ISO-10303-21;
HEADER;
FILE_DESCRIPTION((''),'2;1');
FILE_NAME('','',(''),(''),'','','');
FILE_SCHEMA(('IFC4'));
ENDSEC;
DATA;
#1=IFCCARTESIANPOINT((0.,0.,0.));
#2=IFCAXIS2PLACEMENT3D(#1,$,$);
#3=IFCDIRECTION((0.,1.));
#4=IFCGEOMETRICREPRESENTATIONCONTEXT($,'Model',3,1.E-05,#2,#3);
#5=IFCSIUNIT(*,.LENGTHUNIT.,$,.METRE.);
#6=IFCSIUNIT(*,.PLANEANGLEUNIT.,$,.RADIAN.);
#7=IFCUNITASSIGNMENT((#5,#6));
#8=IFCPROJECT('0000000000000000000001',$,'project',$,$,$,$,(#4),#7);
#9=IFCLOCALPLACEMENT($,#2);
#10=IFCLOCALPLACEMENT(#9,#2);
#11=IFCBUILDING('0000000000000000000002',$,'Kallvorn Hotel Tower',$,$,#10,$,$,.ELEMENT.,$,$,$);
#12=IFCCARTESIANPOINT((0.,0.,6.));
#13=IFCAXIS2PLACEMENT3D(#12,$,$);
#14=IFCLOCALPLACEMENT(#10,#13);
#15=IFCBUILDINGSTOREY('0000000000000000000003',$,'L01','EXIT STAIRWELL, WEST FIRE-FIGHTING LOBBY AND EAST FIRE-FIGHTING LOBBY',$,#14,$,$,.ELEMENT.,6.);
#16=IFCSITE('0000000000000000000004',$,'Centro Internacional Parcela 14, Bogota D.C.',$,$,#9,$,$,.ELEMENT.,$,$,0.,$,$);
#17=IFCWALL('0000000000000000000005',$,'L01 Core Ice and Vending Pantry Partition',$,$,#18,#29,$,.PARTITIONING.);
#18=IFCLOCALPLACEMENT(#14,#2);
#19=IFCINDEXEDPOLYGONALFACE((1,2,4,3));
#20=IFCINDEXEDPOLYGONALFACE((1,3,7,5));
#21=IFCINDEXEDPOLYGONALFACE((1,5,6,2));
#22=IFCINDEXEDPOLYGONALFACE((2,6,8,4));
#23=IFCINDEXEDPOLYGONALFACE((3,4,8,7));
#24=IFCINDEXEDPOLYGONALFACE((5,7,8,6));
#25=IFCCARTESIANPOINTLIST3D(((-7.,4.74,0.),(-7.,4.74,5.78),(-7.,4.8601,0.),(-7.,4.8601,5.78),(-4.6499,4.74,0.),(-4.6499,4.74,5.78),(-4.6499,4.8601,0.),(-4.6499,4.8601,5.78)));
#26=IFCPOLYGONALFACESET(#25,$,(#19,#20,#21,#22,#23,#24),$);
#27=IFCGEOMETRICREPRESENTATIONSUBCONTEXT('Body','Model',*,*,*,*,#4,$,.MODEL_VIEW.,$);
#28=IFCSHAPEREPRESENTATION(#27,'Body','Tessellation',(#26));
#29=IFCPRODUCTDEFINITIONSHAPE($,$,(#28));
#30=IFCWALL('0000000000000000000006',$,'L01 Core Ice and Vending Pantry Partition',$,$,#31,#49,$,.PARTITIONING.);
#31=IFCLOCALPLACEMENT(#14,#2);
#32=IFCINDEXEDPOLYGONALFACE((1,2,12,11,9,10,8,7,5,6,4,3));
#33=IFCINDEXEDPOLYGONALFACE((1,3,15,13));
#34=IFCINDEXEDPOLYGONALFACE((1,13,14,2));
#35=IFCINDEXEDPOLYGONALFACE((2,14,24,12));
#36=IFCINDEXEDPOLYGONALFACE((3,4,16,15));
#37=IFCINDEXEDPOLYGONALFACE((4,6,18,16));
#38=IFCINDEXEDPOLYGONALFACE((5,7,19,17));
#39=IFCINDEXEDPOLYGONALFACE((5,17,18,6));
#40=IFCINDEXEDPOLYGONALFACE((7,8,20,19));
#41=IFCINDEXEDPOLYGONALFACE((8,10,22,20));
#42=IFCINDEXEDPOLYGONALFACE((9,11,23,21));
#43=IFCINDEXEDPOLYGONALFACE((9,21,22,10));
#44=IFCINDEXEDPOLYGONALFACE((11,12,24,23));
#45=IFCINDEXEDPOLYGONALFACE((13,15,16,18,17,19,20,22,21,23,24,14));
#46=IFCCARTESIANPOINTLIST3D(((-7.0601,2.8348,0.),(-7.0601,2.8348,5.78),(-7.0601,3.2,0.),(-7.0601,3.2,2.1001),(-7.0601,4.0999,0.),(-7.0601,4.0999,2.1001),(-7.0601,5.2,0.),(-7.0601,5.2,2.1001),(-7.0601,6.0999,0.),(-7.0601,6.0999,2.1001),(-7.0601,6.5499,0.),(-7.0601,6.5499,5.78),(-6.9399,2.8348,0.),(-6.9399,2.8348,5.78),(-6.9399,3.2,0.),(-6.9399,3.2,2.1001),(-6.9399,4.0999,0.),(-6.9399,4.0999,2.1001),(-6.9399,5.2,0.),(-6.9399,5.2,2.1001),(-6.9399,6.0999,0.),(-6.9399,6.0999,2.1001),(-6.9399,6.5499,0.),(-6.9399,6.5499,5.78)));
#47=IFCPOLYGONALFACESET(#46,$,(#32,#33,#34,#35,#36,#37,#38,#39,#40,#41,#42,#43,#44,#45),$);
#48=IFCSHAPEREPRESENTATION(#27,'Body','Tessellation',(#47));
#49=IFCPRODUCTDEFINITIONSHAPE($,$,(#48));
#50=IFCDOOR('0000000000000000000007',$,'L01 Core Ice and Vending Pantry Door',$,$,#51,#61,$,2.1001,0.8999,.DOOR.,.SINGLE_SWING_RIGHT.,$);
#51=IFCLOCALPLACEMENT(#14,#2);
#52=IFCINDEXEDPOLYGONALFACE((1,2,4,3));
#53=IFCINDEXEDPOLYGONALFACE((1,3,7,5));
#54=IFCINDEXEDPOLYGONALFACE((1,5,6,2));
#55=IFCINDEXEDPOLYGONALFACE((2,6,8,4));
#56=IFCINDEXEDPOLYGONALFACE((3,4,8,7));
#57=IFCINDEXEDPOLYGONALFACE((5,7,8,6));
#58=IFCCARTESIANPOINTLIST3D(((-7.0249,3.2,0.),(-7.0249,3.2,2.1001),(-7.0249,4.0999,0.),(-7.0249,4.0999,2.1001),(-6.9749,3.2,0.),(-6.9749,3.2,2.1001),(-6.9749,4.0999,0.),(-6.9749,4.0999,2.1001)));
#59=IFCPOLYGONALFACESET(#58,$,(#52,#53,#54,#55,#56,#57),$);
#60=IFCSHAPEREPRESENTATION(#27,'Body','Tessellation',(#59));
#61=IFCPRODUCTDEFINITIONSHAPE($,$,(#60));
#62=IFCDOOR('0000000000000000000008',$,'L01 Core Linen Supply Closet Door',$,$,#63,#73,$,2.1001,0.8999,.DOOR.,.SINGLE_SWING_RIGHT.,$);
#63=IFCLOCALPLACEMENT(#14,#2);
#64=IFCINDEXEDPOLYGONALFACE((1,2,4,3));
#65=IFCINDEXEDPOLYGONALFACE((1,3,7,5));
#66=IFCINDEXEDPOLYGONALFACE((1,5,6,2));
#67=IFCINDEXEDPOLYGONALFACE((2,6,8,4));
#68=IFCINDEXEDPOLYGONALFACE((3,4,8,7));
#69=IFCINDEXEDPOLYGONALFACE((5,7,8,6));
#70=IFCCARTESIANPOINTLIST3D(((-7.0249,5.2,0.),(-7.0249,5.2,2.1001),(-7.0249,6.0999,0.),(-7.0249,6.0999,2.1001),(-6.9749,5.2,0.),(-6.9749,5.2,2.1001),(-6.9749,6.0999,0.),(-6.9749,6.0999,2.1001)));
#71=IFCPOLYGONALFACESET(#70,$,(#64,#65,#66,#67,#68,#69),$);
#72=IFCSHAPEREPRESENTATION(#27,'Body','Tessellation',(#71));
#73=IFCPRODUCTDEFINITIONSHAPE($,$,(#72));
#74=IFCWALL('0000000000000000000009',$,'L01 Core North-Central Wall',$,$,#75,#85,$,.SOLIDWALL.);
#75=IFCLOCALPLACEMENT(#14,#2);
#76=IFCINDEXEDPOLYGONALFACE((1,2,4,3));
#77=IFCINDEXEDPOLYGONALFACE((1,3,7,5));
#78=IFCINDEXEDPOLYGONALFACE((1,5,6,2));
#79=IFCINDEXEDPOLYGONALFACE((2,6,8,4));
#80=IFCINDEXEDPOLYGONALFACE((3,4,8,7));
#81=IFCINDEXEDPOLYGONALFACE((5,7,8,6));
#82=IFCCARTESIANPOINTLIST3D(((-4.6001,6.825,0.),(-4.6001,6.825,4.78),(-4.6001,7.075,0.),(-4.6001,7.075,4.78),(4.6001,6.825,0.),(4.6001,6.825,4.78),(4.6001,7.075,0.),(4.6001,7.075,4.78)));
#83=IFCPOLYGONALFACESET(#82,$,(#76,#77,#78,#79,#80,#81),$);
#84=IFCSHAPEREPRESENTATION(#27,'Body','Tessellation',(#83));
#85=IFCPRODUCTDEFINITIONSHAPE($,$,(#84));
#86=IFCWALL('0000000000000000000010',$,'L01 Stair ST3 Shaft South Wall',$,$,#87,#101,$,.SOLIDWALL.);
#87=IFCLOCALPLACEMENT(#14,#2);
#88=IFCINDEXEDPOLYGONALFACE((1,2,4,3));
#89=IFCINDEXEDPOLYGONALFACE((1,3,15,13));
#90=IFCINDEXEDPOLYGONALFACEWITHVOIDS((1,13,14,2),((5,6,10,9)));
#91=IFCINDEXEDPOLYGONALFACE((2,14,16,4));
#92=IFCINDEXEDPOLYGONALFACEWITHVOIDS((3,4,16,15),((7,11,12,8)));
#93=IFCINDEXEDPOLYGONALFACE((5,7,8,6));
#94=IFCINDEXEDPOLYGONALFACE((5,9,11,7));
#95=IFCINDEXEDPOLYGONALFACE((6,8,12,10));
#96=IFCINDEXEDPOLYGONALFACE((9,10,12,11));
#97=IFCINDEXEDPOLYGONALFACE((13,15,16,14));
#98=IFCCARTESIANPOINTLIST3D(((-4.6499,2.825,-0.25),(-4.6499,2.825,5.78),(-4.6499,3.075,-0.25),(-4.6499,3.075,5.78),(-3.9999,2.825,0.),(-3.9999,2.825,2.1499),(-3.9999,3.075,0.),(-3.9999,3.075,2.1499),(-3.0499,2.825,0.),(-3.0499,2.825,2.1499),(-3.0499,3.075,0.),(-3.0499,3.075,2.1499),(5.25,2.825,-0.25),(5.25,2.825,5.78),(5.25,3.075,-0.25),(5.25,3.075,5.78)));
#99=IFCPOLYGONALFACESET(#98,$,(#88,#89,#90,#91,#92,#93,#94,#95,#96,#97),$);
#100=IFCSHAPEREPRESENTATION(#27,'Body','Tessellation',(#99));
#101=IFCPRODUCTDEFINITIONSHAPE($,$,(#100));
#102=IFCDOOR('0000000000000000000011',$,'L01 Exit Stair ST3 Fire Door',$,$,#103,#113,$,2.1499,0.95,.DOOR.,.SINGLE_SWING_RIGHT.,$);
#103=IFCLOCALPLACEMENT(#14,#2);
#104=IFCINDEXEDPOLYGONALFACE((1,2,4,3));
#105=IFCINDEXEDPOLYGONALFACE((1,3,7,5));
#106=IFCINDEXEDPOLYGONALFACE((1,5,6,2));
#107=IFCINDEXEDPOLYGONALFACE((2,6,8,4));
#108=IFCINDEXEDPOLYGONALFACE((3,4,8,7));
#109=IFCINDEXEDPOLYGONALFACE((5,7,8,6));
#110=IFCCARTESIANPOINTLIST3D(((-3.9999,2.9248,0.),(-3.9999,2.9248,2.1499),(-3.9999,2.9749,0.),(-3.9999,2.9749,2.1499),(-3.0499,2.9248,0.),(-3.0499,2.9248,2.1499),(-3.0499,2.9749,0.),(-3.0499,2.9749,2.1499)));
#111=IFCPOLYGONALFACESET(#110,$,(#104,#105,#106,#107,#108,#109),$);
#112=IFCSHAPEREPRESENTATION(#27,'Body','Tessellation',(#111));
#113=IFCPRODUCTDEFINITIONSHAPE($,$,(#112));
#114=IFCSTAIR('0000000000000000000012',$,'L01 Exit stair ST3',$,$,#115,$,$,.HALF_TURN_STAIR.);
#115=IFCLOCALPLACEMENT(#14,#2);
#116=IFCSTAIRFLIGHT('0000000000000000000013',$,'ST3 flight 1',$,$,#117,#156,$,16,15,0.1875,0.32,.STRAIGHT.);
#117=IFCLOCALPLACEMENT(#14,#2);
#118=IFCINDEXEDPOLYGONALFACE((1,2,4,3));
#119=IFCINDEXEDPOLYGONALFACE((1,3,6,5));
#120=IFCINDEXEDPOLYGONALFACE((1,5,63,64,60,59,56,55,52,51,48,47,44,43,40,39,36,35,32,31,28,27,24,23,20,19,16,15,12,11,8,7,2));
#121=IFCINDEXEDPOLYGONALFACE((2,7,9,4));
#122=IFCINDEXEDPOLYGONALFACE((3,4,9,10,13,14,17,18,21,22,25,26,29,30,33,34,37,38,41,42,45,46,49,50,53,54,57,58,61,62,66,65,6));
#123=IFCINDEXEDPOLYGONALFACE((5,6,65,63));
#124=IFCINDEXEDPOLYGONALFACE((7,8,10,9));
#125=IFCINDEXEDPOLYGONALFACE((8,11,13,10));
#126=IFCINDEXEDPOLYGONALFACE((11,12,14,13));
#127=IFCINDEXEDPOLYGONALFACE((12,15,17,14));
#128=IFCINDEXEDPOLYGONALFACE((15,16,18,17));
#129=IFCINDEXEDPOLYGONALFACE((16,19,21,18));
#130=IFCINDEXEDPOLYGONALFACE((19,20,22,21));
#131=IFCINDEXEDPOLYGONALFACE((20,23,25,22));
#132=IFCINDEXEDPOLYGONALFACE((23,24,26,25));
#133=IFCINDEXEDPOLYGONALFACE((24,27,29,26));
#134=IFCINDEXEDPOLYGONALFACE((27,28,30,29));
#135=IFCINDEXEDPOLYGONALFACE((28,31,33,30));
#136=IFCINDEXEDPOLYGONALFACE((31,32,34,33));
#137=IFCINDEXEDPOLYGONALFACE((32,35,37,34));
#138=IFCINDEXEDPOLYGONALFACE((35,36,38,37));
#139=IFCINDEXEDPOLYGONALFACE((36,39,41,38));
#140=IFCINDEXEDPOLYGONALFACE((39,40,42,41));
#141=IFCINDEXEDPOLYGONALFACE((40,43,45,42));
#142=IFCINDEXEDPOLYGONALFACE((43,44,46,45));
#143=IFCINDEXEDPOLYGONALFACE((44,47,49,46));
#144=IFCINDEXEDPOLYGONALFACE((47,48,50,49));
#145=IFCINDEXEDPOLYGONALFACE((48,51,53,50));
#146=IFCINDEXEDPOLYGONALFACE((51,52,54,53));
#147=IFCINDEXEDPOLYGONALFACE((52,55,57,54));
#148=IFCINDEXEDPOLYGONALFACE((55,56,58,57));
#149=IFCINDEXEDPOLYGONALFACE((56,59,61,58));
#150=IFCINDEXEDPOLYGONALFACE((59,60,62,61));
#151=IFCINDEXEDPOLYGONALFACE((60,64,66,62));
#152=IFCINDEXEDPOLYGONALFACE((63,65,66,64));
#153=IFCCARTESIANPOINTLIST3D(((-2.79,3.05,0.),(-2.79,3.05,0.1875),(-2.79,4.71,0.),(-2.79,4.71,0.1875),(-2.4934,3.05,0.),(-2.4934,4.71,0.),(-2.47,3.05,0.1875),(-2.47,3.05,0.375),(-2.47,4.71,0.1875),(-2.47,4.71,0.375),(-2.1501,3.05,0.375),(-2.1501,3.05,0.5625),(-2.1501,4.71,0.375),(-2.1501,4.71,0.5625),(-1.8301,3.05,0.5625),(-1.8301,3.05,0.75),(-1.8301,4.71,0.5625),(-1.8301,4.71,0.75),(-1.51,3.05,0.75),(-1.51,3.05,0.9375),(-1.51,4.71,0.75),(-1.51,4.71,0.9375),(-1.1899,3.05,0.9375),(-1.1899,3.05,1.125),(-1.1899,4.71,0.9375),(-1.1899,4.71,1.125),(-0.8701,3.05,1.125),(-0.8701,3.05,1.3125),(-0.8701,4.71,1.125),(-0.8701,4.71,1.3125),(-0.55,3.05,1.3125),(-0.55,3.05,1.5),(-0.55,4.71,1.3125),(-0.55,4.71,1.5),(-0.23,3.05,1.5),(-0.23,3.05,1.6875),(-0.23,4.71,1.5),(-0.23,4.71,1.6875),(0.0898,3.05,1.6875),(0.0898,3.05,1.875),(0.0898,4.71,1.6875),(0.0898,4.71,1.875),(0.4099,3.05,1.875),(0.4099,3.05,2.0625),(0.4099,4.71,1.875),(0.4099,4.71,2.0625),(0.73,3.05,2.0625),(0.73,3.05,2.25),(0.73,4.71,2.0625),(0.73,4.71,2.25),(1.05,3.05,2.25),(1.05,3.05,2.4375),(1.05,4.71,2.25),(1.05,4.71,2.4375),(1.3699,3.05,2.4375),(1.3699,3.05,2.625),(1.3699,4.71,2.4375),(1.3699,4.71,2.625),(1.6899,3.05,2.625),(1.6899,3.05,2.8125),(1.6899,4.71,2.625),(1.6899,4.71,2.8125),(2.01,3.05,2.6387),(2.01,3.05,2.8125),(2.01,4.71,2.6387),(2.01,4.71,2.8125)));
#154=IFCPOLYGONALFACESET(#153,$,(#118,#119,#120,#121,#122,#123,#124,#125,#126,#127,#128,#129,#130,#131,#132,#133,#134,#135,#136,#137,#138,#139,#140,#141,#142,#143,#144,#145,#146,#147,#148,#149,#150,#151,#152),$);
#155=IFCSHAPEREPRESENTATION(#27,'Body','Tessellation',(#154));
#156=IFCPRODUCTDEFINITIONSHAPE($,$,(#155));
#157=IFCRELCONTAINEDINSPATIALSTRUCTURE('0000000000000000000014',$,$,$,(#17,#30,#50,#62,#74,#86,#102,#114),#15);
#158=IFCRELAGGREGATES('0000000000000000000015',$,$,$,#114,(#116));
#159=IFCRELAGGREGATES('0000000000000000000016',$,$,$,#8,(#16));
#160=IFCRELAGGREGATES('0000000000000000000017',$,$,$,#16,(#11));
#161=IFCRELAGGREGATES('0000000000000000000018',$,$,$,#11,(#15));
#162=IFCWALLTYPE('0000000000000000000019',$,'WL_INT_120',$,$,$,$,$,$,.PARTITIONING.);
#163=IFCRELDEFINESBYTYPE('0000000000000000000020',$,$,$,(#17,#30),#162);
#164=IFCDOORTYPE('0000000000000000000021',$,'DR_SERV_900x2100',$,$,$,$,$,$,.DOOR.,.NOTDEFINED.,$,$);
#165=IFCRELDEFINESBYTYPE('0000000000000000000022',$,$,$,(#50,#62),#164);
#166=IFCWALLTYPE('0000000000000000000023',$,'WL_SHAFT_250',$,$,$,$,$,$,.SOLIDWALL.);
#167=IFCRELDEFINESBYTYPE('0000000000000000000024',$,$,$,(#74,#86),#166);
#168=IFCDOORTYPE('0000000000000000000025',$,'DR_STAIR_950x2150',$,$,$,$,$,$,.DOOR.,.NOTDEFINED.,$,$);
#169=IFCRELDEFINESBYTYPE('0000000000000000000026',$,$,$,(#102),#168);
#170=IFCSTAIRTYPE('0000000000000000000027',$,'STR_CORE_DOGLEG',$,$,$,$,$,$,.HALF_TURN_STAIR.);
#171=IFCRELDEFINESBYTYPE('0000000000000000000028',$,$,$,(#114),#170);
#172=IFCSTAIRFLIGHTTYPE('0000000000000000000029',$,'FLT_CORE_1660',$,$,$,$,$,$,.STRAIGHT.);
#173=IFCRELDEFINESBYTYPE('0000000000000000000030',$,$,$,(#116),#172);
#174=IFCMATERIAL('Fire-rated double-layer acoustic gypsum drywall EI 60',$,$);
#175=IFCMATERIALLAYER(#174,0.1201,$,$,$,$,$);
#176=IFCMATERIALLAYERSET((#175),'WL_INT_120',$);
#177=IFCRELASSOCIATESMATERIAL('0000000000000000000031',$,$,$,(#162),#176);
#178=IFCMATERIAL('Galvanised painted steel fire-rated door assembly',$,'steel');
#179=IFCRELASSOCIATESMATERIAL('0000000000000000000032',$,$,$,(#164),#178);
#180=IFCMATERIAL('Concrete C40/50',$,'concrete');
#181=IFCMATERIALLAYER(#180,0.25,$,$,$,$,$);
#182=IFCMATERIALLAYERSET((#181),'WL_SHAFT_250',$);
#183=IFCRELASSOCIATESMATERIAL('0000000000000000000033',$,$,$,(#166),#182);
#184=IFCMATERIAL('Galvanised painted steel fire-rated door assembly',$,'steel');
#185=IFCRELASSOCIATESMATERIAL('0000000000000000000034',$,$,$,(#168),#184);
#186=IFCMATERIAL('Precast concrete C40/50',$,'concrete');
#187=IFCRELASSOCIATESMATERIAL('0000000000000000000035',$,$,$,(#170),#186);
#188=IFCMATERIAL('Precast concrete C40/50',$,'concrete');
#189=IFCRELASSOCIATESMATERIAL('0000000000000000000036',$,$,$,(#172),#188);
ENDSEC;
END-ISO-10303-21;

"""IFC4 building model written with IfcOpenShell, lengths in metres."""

from ifc_helpers import new_model, si_unit, direction, frame, frame_2d, origin, place, context, subcontext, project, spatial, polyline, rectangle, outline, extrude, material, layer, layer_set, type_object, element, fill, aggregate, save


model = new_model("IFC4")

# Units and contexts
model_context = context("Model", 3, precision=1e-05, world=origin(), true_north=direction((0.0, 1.0)))
body_context = subcontext(model_context, "Body", "Model", "MODEL_VIEW")
ifc_project = project(units=[si_unit("LENGTHUNIT", "METRE"), si_unit("PLANEANGLEUNIT", "RADIAN")], contexts=[model_context])

# Site, building, storey
site_placement = place(None, origin())
site = spatial("IfcSite", under=ifc_project, at=site_placement, Name="Centro Internacional Parcela 14, Bogota D.C.", CompositionType="ELEMENT", RefElevation=0.0)
building_placement = place(site_placement, origin())
building = spatial("IfcBuilding", under=site, at=building_placement, Name="Kallvorn Hotel Tower", CompositionType="ELEMENT")
storey_placement = place(building_placement, frame((0.0, 0.0, 6.0)))
storey = spatial("IfcBuildingStorey", under=building, at=storey_placement, Name="L01", Description="EXIT STAIRWELL, WEST FIRE-FIGHTING LOBBY AND EAST FIRE-FIGHTING LOBBY", CompositionType="ELEMENT", Elevation=6.0)

# Wall
ifc_material_1 = material(Name="Fire-rated double-layer acoustic gypsum drywall EI 60")
ifc_layer_1 = layer(ifc_material_1, 0.1201)
ifc_layer_set_1 = layer_set([ifc_layer_1], Name="WL_INT_120")
wall_type_1 = type_object("IfcWallType", Name="WL_INT_120", PredefinedType="PARTITIONING", material=ifc_layer_set_1)
wall_1_placement = place(storey_placement, frame((-7.0, 4.8, 0.0), z_axis=(0.0, 0.0, 1.0), x_axis=(1.0, 0.0, 0.0)))
element("IfcWall", 1, at=wall_1_placement, inside=storey, type_object=wall_type_1, Name="L01 Core Ice and Vending Pantry Partition", PredefinedType="PARTITIONING", context=body_context, shape_type="SweptSolid", body=[
    extrude(rectangle(XDim=2.3501, YDim=0.1201, at=frame_2d((1.175, 0.0))), origin(), (0.0, 0.0, 1.0), 5.78),
])

# Wall, openings, doors
wall_2_placement = place(storey_placement, frame((-7.0, 2.835, 0.0), z_axis=(0.0, 0.0, 1.0), x_axis=(0.0, 1.0, 0.0)))
wall_2 = element("IfcWall", 2, at=wall_2_placement, inside=storey, type_object=wall_type_1, Name="L01 Core Ice and Vending Pantry Partition", PredefinedType="PARTITIONING", context=body_context, shape_type="SweptSolid", body=[
    extrude(rectangle(XDim=3.7151, YDim=0.1201, at=frame_2d((1.8574, 0.0))), origin(), (0.0, 0.0, 1.0), 5.78),
])
opening_1_placement = place(wall_2_placement, frame((0.365, 0.0, 0.0)))
opening_1 = element("IfcOpeningElement", 3, at=opening_1_placement, cuts=wall_2, PredefinedType="OPENING", context=body_context, shape_type="SweptSolid", body=[
    extrude(rectangle(XDim=0.8999, YDim=2.1001, at=frame_2d((0.45, 1.05))), frame((0.0, 0.075, 0.0), z_axis=(0.0, -1.0, 0.0), x_axis=(1.0, 0.0, 0.0)), (0.0, 0.0, 1.0), 0.1501),
])
opening_2_placement = place(wall_2_placement, frame((2.365, 0.0, 0.0)))
opening_2 = element("IfcOpeningElement", 4, at=opening_2_placement, cuts=wall_2, PredefinedType="OPENING", context=body_context, shape_type="SweptSolid", body=[
    extrude(rectangle(XDim=0.8999, YDim=2.1001, at=frame_2d((0.45, 1.05))), frame((0.0, 0.075, 0.0), z_axis=(0.0, -1.0, 0.0), x_axis=(1.0, 0.0, 0.0)), (0.0, 0.0, 1.0), 0.1501),
])
ifc_material_2 = material(Name="Galvanised painted steel fire-rated door assembly", Category="steel")
door_type_1 = type_object("IfcDoorType", Name="DR_SERV_900x2100", OperationType="NOTDEFINED", PredefinedType="DOOR", material=ifc_material_2)
door_1_placement = place(opening_1_placement, origin())
door_1 = element("IfcDoor", 5, at=door_1_placement, inside=storey, type_object=door_type_1, Name="L01 Core Ice and Vending Pantry Door", OperationType="SINGLE_SWING_RIGHT", OverallHeight=2.1001, OverallWidth=0.8999, PredefinedType="DOOR", context=body_context, shape_type="SweptSolid", body=[
    extrude(rectangle(XDim=0.8999, YDim=2.1001, at=frame_2d((0.45, 1.05))), frame((0.0, 0.0249, 0.0), z_axis=(0.0, -1.0, 0.0), x_axis=(1.0, 0.0, 0.0)), (0.0, 0.0, 1.0), 0.05),
])
fill(opening_1, door_1)
door_2_placement = place(opening_2_placement, origin())
door_2 = element("IfcDoor", 6, at=door_2_placement, inside=storey, type_object=door_type_1, Name="L01 Core Linen Supply Closet Door", OperationType="SINGLE_SWING_RIGHT", OverallHeight=2.1001, OverallWidth=0.8999, PredefinedType="DOOR", context=body_context, shape_type="SweptSolid", body=[
    extrude(rectangle(XDim=0.8999, YDim=2.1001, at=frame_2d((0.45, 1.05))), frame((0.0, 0.0249, 0.0), z_axis=(0.0, -1.0, 0.0), x_axis=(1.0, 0.0, 0.0)), (0.0, 0.0, 1.0), 0.05),
])
fill(opening_2, door_2)

# Wall
ifc_material_3 = material(Name="Concrete C40/50", Category="concrete")
ifc_layer_2 = layer(ifc_material_3, 0.25)
ifc_layer_set_2 = layer_set([ifc_layer_2], Name="WL_SHAFT_250")
wall_type_2 = type_object("IfcWallType", Name="WL_SHAFT_250", PredefinedType="SOLIDWALL", material=ifc_layer_set_2)
wall_3_placement = place(storey_placement, frame((-4.6001, 6.95, 0.0), z_axis=(0.0, 0.0, 1.0), x_axis=(1.0, 0.0, 0.0)))
element("IfcWall", 7, at=wall_3_placement, inside=storey, type_object=wall_type_2, Name="L01 Core North-Central Wall", PredefinedType="SOLIDWALL", context=body_context, shape_type="SweptSolid", body=[
    extrude(rectangle(XDim=9.2002, YDim=0.25, at=frame_2d((4.6001, 0.0))), origin(), (0.0, 0.0, 1.0), 4.78),
])

# Wall, opening, door
wall_4_placement = place(storey_placement, frame((-4.6499, 2.95, -0.25), z_axis=(0.0, 0.0, 1.0), x_axis=(1.0, 0.0, 0.0)))
wall_4 = element("IfcWall", 8, at=wall_4_placement, inside=storey, type_object=wall_type_2, Name="L01 Stair ST3 Shaft South Wall", PredefinedType="SOLIDWALL", context=body_context, shape_type="SweptSolid", body=[
    extrude(rectangle(XDim=9.8999, YDim=0.25, at=frame_2d((4.95, 0.0))), origin(), (0.0, 0.0, 1.0), 6.03),
])
opening_3_placement = place(wall_4_placement, frame((0.6499, 0.0, 0.25)))
opening_3 = element("IfcOpeningElement", 9, at=opening_3_placement, cuts=wall_4, PredefinedType="OPENING", context=body_context, shape_type="SweptSolid", body=[
    extrude(rectangle(XDim=0.95, YDim=2.1499, at=frame_2d((0.4751, 1.075))), frame((0.0, 0.1399, 0.0), z_axis=(0.0, -1.0, 0.0), x_axis=(1.0, 0.0, 0.0)), (0.0, 0.0, 1.0), 0.28),
])
ifc_material_4 = material(Name="Galvanised painted steel fire-rated door assembly", Category="steel")
door_type_2 = type_object("IfcDoorType", Name="DR_STAIR_950x2150", OperationType="NOTDEFINED", PredefinedType="DOOR", material=ifc_material_4)
door_3_placement = place(opening_3_placement, origin())
door_3 = element("IfcDoor", 10, at=door_3_placement, inside=storey, type_object=door_type_2, Name="L01 Exit Stair ST3 Fire Door", OperationType="SINGLE_SWING_RIGHT", OverallHeight=2.1499, OverallWidth=0.95, PredefinedType="DOOR", context=body_context, shape_type="SweptSolid", body=[
    extrude(rectangle(XDim=0.95, YDim=2.1499, at=frame_2d((0.4751, 1.075))), frame((0.0, 0.0249, 0.0), z_axis=(0.0, -1.0, 0.0), x_axis=(1.0, 0.0, 0.0)), (0.0, 0.0, 1.0), 0.05),
])
fill(opening_3, door_3)

# Stair, stair flight
ifc_material_5 = material(Name="Precast concrete C40/50", Category="concrete")
stair_type = type_object("IfcStairType", Name="STR_CORE_DOGLEG", PredefinedType="HALF_TURN_STAIR", material=ifc_material_5)
stair_placement = place(storey_placement, origin())
stair = element("IfcStair", 11, at=stair_placement, inside=storey, type_object=stair_type, Name="L01 Exit stair ST3", PredefinedType="HALF_TURN_STAIR")
ifc_material_6 = material(Name="Precast concrete C40/50", Category="concrete")
stair_flight_type = type_object("IfcStairFlightType", Name="FLT_CORE_1660", PredefinedType="STRAIGHT", material=ifc_material_6)
stair_flight_placement = place(storey_placement, frame((-2.79, 3.8799, 0.0), z_axis=(0.0, 0.0, 1.0), x_axis=(1.0, 0.0, 0.0)))
stair_flight = element("IfcStairFlight", 12, at=stair_flight_placement, type_object=stair_flight_type, Name="ST3 flight 1", NumberOfRisers=16, NumberOfTreads=15, PredefinedType="STRAIGHT", RiserHeight=0.1875, TreadLength=0.32, context=body_context, shape_type="SweptSolid", body=[
    extrude(outline(polyline([(0.0, 0.0), (0.0, 0.1875), (0.3201, 0.1875), (0.3201, 0.375), (0.6399, 0.375), (0.6399, 0.5625), (0.96, 0.5625), (0.96, 0.75), (1.28, 0.75), (1.28, 0.9375), (1.6001, 0.9375), (1.6001, 1.125), (1.9199, 1.125), (1.9199, 1.3125), (2.24, 1.3125), (2.24, 1.5), (2.5601, 1.5), (2.5601, 1.6875), (2.8799, 1.6875), (2.8799, 1.875), (3.2, 1.875), (3.2, 2.0625), (3.52, 2.0625), (3.52, 2.25), (3.8401, 2.25), (3.8401, 2.4375), (4.1599, 2.4375), (4.1599, 2.625), (4.48, 2.625), (4.48, 2.8125), (4.8, 2.8125), (4.8, 3.0), (4.8, 2.6387), (0.2966, 0.0), (0.0, 0.0)])), frame((0.0, 0.8301, 0.0), z_axis=(0.0, -1.0, 0.0), x_axis=(1.0, 0.0, 0.0)), (0.0, 0.0, 1.0), 1.6599),
])
aggregate(stair, [stair_flight])

save(model, "model.ifc")
